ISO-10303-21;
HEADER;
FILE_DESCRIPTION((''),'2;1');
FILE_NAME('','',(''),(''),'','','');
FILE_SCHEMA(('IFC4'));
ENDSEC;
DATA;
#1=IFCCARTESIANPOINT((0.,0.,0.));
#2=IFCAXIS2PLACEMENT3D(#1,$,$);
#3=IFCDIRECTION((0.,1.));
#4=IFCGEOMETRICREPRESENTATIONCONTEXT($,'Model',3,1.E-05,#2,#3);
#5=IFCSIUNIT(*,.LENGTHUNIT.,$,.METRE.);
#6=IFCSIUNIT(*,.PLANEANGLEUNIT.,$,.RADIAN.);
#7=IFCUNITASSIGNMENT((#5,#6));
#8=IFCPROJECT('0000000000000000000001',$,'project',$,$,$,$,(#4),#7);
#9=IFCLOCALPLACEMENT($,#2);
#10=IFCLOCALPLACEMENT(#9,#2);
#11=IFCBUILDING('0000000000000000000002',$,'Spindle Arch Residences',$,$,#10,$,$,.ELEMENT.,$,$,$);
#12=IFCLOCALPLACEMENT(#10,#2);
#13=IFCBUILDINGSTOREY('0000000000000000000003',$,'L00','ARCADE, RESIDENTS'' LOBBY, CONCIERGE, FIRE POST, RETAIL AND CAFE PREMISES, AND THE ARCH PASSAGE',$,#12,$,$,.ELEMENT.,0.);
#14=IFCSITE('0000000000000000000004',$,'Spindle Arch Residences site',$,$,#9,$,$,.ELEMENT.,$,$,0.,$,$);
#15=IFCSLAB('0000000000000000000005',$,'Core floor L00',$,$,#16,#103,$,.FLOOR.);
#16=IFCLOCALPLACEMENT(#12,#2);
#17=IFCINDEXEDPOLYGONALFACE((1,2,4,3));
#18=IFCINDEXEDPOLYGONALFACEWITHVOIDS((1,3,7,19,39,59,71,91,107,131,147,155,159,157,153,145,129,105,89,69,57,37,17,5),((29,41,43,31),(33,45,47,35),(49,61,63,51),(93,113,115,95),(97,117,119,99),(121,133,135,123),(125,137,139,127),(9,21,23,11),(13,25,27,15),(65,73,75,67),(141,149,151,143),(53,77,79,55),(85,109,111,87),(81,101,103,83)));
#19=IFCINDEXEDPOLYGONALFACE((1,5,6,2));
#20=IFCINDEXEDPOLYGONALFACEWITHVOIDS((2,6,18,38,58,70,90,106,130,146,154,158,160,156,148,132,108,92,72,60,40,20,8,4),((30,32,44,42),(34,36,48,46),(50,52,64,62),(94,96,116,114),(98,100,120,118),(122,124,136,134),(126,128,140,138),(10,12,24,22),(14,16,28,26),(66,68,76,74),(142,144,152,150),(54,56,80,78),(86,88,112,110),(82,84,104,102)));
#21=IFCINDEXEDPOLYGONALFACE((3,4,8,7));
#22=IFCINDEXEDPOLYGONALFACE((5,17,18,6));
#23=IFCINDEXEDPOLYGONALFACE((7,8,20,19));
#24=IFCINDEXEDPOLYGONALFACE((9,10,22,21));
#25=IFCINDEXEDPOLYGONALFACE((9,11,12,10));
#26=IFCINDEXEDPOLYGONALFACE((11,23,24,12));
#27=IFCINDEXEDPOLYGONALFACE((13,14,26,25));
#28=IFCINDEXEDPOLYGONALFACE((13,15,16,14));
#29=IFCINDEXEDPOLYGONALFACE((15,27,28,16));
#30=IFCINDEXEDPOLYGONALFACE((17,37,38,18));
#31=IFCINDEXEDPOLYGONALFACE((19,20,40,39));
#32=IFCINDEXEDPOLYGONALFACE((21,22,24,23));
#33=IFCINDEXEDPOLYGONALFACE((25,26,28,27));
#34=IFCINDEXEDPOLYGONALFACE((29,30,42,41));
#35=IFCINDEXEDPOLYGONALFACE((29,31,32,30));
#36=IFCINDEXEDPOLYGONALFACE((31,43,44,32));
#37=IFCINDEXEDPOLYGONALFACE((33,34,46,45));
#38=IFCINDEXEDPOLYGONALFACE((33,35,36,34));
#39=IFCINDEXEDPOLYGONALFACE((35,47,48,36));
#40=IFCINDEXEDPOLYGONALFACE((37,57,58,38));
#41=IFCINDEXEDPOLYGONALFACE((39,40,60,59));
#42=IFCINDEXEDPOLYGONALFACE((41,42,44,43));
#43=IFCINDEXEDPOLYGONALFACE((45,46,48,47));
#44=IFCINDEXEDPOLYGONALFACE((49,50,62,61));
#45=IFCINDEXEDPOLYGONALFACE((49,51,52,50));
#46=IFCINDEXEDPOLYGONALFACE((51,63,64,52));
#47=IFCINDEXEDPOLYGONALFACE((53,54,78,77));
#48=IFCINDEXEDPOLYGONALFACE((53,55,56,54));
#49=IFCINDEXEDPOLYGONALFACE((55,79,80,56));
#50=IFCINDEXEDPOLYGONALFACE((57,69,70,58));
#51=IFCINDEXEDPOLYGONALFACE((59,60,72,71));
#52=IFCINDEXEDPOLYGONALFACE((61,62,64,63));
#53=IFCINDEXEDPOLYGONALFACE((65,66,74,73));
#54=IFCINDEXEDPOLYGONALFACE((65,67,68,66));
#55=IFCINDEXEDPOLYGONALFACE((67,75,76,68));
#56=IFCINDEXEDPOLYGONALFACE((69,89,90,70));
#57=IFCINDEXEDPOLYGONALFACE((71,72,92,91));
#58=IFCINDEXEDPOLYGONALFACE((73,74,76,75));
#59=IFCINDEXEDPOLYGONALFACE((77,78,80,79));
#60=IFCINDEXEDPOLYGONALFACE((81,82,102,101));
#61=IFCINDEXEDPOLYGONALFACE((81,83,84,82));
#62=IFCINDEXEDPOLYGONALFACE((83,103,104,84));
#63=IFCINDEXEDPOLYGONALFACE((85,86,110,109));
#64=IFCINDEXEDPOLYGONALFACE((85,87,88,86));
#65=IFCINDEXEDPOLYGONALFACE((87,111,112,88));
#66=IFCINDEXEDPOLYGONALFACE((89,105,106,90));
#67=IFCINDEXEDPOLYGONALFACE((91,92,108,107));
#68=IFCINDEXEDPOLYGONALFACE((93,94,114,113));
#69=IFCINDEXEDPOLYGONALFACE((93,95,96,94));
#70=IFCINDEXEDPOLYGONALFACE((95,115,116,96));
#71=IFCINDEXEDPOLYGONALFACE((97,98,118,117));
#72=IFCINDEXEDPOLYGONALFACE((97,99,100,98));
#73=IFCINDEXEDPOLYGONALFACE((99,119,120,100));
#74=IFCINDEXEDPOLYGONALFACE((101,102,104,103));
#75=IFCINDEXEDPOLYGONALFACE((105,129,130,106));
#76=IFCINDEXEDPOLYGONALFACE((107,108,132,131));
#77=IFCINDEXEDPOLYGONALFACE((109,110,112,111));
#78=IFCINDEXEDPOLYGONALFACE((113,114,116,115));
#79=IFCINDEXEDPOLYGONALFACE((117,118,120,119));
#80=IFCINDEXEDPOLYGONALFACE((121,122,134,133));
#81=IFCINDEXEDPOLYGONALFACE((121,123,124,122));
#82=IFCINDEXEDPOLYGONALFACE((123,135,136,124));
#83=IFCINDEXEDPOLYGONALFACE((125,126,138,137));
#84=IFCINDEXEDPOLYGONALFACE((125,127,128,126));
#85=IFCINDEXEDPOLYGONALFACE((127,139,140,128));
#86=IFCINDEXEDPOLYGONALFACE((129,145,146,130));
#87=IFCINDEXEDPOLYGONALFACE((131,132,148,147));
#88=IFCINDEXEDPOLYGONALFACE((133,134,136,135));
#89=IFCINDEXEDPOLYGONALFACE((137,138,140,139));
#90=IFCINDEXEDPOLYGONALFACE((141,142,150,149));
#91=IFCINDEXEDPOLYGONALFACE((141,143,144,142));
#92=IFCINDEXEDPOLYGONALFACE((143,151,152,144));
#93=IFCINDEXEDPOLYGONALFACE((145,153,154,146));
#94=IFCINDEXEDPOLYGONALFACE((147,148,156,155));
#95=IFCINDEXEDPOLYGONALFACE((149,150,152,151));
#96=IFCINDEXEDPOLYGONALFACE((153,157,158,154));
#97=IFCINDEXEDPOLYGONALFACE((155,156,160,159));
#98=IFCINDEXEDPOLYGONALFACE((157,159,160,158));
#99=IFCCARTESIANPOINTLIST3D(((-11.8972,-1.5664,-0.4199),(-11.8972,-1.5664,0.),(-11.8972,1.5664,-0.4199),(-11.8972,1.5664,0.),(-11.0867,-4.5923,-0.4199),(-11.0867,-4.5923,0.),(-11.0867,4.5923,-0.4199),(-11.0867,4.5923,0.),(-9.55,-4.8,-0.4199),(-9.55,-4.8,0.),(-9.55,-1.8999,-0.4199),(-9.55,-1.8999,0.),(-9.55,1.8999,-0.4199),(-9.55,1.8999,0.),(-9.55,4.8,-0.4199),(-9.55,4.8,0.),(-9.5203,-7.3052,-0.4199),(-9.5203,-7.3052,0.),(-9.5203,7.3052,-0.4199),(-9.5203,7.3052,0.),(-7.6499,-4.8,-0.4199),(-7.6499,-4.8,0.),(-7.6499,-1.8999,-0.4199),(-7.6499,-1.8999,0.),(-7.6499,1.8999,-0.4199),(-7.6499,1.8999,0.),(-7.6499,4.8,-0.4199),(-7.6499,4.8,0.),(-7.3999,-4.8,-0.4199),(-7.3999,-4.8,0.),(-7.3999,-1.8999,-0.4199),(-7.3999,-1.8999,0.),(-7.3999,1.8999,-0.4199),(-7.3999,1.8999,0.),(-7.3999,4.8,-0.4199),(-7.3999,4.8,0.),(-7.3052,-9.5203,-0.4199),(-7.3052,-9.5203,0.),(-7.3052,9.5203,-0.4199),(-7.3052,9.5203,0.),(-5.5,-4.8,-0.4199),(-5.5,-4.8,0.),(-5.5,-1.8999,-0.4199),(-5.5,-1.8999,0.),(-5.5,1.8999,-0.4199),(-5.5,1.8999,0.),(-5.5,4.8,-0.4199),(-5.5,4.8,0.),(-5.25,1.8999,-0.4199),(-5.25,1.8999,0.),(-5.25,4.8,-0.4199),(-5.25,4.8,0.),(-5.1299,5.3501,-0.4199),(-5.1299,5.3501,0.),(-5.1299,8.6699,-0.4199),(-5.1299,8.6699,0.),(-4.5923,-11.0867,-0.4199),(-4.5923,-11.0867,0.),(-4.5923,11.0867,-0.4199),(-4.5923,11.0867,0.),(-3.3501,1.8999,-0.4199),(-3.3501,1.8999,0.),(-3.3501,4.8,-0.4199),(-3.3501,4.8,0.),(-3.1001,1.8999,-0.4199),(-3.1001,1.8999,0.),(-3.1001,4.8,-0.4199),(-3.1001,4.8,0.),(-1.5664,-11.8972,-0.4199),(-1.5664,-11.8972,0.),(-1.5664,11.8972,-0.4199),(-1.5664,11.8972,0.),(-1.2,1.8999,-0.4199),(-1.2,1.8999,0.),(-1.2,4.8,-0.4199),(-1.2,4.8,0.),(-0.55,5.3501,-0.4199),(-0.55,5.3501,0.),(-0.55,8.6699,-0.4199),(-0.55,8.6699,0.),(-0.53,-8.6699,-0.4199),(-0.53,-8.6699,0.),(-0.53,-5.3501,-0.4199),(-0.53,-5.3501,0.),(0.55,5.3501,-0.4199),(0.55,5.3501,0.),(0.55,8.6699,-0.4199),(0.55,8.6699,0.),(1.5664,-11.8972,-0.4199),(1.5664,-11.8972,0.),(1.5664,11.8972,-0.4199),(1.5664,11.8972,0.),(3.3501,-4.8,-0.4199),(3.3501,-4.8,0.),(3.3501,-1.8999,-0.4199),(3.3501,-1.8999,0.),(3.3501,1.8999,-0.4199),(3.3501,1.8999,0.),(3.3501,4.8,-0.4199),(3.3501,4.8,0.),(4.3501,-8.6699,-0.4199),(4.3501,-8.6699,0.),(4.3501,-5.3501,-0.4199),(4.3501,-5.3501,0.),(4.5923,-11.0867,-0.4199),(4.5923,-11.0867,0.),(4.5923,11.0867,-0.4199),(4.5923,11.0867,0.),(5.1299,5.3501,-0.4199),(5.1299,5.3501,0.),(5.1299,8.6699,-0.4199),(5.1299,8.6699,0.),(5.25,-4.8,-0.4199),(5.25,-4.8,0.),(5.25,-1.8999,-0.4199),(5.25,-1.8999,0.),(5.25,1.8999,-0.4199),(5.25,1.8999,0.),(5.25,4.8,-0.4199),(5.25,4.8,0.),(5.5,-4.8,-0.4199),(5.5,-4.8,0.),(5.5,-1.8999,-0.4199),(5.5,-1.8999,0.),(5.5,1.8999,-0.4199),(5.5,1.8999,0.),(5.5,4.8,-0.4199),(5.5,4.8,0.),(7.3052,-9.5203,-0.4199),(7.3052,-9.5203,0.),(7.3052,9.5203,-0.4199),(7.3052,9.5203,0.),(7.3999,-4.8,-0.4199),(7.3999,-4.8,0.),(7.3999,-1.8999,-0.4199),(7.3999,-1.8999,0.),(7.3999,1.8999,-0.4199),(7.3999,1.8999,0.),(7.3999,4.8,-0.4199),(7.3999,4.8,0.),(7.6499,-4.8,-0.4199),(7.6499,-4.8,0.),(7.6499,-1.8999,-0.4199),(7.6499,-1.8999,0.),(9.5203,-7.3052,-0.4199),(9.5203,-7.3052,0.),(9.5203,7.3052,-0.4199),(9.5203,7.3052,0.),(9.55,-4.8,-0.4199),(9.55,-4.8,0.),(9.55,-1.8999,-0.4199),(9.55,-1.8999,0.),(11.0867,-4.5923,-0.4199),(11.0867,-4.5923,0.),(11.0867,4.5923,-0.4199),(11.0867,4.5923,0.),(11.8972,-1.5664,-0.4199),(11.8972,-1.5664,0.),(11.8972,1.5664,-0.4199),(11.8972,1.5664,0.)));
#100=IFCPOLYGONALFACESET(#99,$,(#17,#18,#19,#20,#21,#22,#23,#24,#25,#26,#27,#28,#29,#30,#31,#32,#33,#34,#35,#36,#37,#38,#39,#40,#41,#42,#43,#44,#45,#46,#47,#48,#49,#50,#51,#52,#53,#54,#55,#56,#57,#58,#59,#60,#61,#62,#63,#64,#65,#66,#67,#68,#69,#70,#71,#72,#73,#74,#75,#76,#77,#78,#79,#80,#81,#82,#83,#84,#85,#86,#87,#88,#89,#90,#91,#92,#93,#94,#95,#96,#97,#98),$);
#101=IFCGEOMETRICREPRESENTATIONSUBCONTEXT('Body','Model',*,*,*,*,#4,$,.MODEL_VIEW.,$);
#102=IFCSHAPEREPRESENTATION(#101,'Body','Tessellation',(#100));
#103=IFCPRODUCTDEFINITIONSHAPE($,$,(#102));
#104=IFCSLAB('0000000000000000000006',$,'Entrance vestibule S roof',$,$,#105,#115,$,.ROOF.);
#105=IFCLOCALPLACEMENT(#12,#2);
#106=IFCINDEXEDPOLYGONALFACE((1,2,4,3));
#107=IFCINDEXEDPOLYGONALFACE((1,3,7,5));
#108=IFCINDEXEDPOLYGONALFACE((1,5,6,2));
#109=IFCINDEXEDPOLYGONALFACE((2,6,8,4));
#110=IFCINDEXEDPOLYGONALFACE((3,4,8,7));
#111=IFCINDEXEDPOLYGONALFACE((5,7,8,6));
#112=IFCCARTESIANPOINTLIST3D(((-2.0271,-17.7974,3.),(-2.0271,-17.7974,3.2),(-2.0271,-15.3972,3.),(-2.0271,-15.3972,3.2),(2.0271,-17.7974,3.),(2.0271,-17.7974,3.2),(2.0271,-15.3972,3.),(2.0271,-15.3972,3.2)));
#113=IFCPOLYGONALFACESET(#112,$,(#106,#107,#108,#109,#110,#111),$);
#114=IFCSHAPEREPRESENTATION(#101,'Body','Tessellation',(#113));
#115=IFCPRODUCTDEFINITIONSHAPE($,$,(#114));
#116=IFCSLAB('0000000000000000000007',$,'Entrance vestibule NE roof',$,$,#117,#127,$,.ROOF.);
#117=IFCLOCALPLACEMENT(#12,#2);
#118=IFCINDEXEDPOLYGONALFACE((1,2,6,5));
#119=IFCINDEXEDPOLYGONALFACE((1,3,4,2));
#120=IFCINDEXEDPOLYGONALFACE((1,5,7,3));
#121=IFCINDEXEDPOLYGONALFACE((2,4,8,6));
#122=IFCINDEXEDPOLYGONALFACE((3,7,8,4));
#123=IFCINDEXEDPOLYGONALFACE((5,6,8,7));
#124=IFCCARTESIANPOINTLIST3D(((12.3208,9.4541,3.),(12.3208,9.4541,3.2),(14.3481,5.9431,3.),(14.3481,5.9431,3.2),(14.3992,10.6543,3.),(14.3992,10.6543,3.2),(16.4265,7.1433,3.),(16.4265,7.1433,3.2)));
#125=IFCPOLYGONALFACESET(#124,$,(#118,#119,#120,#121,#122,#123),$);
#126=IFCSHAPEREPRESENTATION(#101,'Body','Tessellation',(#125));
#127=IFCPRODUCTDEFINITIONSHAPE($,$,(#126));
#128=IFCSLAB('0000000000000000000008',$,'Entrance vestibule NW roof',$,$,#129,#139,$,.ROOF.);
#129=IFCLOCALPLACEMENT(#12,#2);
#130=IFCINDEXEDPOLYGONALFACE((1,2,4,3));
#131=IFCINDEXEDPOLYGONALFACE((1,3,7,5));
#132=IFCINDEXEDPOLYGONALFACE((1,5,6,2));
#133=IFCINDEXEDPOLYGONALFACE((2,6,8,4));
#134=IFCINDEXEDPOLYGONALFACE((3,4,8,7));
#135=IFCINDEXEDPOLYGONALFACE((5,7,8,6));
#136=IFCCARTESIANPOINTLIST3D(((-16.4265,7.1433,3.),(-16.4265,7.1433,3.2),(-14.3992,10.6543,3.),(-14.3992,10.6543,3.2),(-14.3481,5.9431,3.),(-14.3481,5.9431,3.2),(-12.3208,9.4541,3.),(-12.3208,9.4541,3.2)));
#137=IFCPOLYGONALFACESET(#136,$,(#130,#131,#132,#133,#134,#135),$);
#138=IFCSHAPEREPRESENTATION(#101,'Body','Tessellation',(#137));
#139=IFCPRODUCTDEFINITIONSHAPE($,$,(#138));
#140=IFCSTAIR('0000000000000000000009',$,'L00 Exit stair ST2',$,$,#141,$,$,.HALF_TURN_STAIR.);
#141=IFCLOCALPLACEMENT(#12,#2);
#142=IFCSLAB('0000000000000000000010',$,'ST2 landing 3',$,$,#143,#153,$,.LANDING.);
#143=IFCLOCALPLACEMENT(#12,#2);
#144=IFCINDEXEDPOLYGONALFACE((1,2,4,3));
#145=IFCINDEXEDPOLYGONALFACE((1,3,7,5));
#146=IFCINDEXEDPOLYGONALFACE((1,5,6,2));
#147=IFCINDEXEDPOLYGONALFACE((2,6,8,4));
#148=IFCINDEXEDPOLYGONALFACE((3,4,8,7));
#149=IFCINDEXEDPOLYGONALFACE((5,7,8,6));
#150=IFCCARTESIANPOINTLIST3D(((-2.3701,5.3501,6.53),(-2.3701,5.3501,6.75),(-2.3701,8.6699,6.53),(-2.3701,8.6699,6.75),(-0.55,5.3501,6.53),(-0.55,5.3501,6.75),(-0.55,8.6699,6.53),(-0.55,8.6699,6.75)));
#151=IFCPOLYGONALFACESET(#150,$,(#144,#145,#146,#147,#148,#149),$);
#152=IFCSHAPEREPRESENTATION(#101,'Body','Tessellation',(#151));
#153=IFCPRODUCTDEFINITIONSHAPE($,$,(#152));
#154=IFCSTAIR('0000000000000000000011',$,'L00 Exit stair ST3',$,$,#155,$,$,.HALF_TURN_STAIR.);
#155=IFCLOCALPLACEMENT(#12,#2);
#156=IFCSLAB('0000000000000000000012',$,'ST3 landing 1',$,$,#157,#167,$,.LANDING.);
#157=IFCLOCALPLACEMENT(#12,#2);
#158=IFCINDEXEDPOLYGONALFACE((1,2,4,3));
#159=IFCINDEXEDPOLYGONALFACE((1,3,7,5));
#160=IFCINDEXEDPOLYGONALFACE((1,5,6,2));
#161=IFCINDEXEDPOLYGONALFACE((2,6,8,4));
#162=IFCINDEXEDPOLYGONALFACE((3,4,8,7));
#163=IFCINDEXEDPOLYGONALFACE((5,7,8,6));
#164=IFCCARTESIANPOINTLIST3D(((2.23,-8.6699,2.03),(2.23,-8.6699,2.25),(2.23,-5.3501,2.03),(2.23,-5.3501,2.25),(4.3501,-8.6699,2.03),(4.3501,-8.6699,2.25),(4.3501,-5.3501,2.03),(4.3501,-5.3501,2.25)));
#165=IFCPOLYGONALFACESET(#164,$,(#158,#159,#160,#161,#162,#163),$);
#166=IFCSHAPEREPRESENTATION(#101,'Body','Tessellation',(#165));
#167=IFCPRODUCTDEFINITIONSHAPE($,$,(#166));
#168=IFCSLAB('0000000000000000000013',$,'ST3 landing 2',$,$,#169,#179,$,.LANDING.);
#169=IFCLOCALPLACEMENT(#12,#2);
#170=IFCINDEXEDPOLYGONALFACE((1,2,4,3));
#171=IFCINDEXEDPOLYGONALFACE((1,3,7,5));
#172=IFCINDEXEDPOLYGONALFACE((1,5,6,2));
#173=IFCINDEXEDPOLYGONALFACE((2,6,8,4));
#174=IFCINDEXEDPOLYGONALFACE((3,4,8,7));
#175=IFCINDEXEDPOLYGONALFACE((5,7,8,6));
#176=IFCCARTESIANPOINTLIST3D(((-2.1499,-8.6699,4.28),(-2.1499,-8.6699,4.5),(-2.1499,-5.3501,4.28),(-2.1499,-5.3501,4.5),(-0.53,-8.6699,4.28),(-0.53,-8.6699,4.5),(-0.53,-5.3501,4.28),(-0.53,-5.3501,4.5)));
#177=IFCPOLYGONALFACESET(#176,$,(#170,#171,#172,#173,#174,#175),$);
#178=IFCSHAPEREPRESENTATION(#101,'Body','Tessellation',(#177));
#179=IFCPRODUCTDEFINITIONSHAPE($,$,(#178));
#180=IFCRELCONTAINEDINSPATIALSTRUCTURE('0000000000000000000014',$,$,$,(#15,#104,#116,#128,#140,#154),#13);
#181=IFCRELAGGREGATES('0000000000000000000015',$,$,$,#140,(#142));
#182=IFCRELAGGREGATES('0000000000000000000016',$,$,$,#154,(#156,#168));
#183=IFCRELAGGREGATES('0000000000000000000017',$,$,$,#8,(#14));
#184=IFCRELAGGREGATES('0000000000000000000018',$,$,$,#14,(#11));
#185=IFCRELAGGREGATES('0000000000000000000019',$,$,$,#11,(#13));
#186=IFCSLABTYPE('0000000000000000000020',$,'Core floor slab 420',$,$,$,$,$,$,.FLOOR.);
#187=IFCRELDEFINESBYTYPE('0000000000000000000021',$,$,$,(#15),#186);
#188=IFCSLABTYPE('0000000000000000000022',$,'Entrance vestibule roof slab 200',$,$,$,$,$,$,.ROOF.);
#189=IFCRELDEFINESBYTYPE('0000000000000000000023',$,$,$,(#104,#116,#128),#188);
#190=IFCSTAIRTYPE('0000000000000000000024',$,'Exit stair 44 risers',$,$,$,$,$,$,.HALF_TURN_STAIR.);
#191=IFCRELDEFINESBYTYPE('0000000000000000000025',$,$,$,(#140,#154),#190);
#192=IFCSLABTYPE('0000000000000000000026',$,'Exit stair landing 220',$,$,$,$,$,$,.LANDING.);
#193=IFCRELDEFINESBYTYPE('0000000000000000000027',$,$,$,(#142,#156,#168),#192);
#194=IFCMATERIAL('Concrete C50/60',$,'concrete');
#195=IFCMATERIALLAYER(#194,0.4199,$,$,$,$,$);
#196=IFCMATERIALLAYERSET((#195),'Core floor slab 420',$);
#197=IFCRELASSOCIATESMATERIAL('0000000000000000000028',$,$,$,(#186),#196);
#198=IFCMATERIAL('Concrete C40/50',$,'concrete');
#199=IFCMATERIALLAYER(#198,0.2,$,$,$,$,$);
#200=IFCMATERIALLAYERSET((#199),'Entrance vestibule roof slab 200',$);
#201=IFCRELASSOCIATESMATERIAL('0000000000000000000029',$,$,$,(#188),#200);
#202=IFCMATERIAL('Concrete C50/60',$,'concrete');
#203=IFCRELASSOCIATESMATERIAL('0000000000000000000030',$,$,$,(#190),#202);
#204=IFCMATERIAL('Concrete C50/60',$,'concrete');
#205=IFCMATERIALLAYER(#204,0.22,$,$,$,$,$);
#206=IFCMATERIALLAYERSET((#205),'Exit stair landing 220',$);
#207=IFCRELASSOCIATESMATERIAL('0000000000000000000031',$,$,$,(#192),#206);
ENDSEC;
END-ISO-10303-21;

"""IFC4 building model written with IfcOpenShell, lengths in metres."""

from ifc_helpers import new_model, si_unit, direction, frame, origin, place, context, subcontext, project, spatial, polyline, outline, extrude, material, layer, layer_set, type_object, element, aggregate, save


model = new_model("IFC4")

# Units and contexts
model_context = context("Model", 3, precision=1e-05, world=origin(), true_north=direction((0.0, 1.0)))
body_context = subcontext(model_context, "Body", "Model", "MODEL_VIEW")
ifc_project = project(units=[si_unit("LENGTHUNIT", "METRE"), si_unit("PLANEANGLEUNIT", "RADIAN")], contexts=[model_context])

# Site, building, storey
site_placement = place(None, origin())
site = spatial("IfcSite", under=ifc_project, at=site_placement, Name="Spindle Arch Residences site", CompositionType="ELEMENT", RefElevation=0.0)
building_placement = place(site_placement, origin())
building = spatial("IfcBuilding", under=site, at=building_placement, Name="Spindle Arch Residences", CompositionType="ELEMENT")
storey_placement = place(building_placement, origin())
storey = spatial("IfcBuildingStorey", under=building, at=storey_placement, Name="L00", Description="ARCADE, RESIDENTS' LOBBY, CONCIERGE, FIRE POST, RETAIL AND CAFE PREMISES, AND THE ARCH PASSAGE", CompositionType="ELEMENT", Elevation=0.0)

# Slabs
ifc_material_1 = material(Name="Concrete C50/60", Category="concrete")
ifc_layer_1 = layer(ifc_material_1, 0.4199)
ifc_layer_set_1 = layer_set([ifc_layer_1], Name="Core floor slab 420")
slab_type_1 = type_object("IfcSlabType", Name="Core floor slab 420", PredefinedType="FLOOR", material=ifc_layer_set_1)
slab_1_placement = place(storey_placement, frame((0.0, 0.0, -0.4199)))
element("IfcSlab", 1, at=slab_1_placement, inside=storey, type_object=slab_type_1, Name="Core floor L00", PredefinedType="FLOOR", context=body_context, shape_type="SweptSolid", body=[
    extrude(outline(polyline([(1.5664, -11.8972), (4.5923, -11.0867), (7.3052, -9.5203), (9.5203, -7.3052), (11.0867, -4.5923), (11.8972, -1.5664), (11.8972, 1.5664), (11.0867, 4.5923), (9.5203, 7.3052), (7.3052, 9.5203), (4.5923, 11.0867), (1.5664, 11.8972), (-1.5664, 11.8972), (-4.5923, 11.0867), (-7.3052, 9.5203), (-9.5203, 7.3052), (-11.0867, 4.5923), (-11.8972, 1.5664), (-11.8972, -1.5664), (-11.0867, -4.5923), (-9.5203, -7.3052), (-7.3052, -9.5203), (-4.5923, -11.0867), (-1.5664, -11.8972), (1.5664, -11.8972)]), holes=[polyline([(-9.55, 1.8999), (-7.6499, 1.8999), (-7.6499, 4.8), (-9.55, 4.8), (-9.55, 1.8999)]), polyline([(-7.3999, 1.8999), (-5.5, 1.8999), (-5.5, 4.8), (-7.3999, 4.8), (-7.3999, 1.8999)]), polyline([(-5.25, 1.8999), (-3.3501, 1.8999), (-3.3501, 4.8), (-5.25, 4.8), (-5.25, 1.8999)]), polyline([(-3.1001, 1.8999), (-1.2, 1.8999), (-1.2, 4.8), (-3.1001, 4.8), (-3.1001, 1.8999)]), polyline([(3.3501, 1.8999), (5.25, 1.8999), (5.25, 4.8), (3.3501, 4.8), (3.3501, 1.8999)]), polyline([(5.5, 1.8999), (7.3999, 1.8999), (7.3999, 4.8), (5.5, 4.8), (5.5, 1.8999)]), polyline([(-9.55, -4.8), (-7.6499, -4.8), (-7.6499, -1.8999), (-9.55, -1.8999), (-9.55, -4.8)]), polyline([(-7.3999, -4.8), (-5.5, -4.8), (-5.5, -1.8999), (-7.3999, -1.8999), (-7.3999, -4.8)]), polyline([(3.3501, -4.8), (5.25, -4.8), (5.25, -1.8999), (3.3501, -1.8999), (3.3501, -4.8)]), polyline([(5.5, -4.8), (7.3999, -4.8), (7.3999, -1.8999), (5.5, -1.8999), (5.5, -4.8)]), polyline([(7.6499, -4.8), (9.55, -4.8), (9.55, -1.8999), (7.6499, -1.8999), (7.6499, -4.8)]), polyline([(5.1299, 8.6699), (0.55, 8.6699), (0.55, 5.3501), (5.1299, 5.3501), (5.1299, 8.6699)]), polyline([(-5.1299, 5.3501), (-0.55, 5.3501), (-0.55, 8.6699), (-5.1299, 8.6699), (-5.1299, 5.3501)]), polyline([(-0.53, -8.6699), (4.3501, -8.6699), (4.3501, -5.3501), (-0.53, -5.3501), (-0.53, -8.6699)])]), origin(), (0.0, 0.0, 1.0), 0.4199),
])
ifc_material_2 = material(Name="Concrete C40/50", Category="concrete")
ifc_layer_2 = layer(ifc_material_2, 0.2)
ifc_layer_set_2 = layer_set([ifc_layer_2], Name="Entrance vestibule roof slab 200")
slab_type_2 = type_object("IfcSlabType", Name="Entrance vestibule roof slab 200", PredefinedType="ROOF", material=ifc_layer_set_2)
slab_2_placement = place(storey_placement, frame((0.0, 0.0, 3.0)))
element("IfcSlab", 2, at=slab_2_placement, inside=storey, type_object=slab_type_2, Name="Entrance vestibule S roof", PredefinedType="ROOF", context=body_context, shape_type="SweptSolid", body=[
    extrude(outline(polyline([(2.0271, -15.3972), (-2.0271, -15.3972), (-2.0271, -17.7974), (2.0271, -17.7974), (2.0271, -15.3972)])), origin(), (0.0, 0.0, 1.0), 0.2),
])
slab_3_placement = place(storey_placement, frame((0.0, 0.0, 3.0)))
element("IfcSlab", 3, at=slab_3_placement, inside=storey, type_object=slab_type_2, Name="Entrance vestibule NE roof", PredefinedType="ROOF", context=body_context, shape_type="SweptSolid", body=[
    extrude(outline(polyline([(12.3208, 9.4541), (14.3481, 5.9431), (16.4265, 7.1433), (14.3992, 10.6543), (12.3208, 9.4541)])), origin(), (0.0, 0.0, 1.0), 0.2),
])
slab_4_placement = place(storey_placement, frame((0.0, 0.0, 3.0)))
element("IfcSlab", 4, at=slab_4_placement, inside=storey, type_object=slab_type_2, Name="Entrance vestibule NW roof", PredefinedType="ROOF", context=body_context, shape_type="SweptSolid", body=[
    extrude(outline(polyline([(-14.3481, 5.9431), (-12.3208, 9.4541), (-14.3992, 10.6543), (-16.4265, 7.1433), (-14.3481, 5.9431)])), origin(), (0.0, 0.0, 1.0), 0.2),
])

# Stair, slab
ifc_material_3 = material(Name="Concrete C50/60", Category="concrete")
stair_type = type_object("IfcStairType", Name="Exit stair 44 risers", PredefinedType="HALF_TURN_STAIR", material=ifc_material_3)
stair_1_placement = place(storey_placement, origin())
stair_1 = element("IfcStair", 5, at=stair_1_placement, inside=storey, type_object=stair_type, Name="L00 Exit stair ST2", PredefinedType="HALF_TURN_STAIR")
ifc_material_4 = material(Name="Concrete C50/60", Category="concrete")
ifc_layer_3 = layer(ifc_material_4, 0.22)
ifc_layer_set_3 = layer_set([ifc_layer_3], Name="Exit stair landing 220")
slab_type_3 = type_object("IfcSlabType", Name="Exit stair landing 220", PredefinedType="LANDING", material=ifc_layer_set_3)
slab_5_placement = place(storey_placement, frame((0.0, 0.0, 6.53)))
slab_5 = element("IfcSlab", 6, at=slab_5_placement, type_object=slab_type_3, Name="ST2 landing 3", PredefinedType="LANDING", context=body_context, shape_type="SweptSolid", body=[
    extrude(outline(polyline([(-2.3701, 5.3501), (-0.55, 5.3501), (-0.55, 8.6699), (-2.3701, 8.6699), (-2.3701, 5.3501)])), origin(), (0.0, 0.0, 1.0), 0.22),
])
aggregate(stair_1, [slab_5])

# Stair, slabs
stair_2_placement = place(storey_placement, origin())
stair_2 = element("IfcStair", 7, at=stair_2_placement, inside=storey, type_object=stair_type, Name="L00 Exit stair ST3", PredefinedType="HALF_TURN_STAIR")
slab_6_placement = place(storey_placement, frame((0.0, 0.0, 2.03)))
slab_6 = element("IfcSlab", 8, at=slab_6_placement, type_object=slab_type_3, Name="ST3 landing 1", PredefinedType="LANDING", context=body_context, shape_type="SweptSolid", body=[
    extrude(outline(polyline([(2.23, -8.6699), (4.3501, -8.6699), (4.3501, -5.3501), (2.23, -5.3501), (2.23, -8.6699)])), origin(), (0.0, 0.0, 1.0), 0.22),
])
slab_7_placement = place(storey_placement, frame((0.0, 0.0, 4.28)))
slab_7 = element("IfcSlab", 9, at=slab_7_placement, type_object=slab_type_3, Name="ST3 landing 2", PredefinedType="LANDING", context=body_context, shape_type="SweptSolid", body=[
    extrude(outline(polyline([(-2.1499, -8.6699), (-0.53, -8.6699), (-0.53, -5.3501), (-2.1499, -5.3501), (-2.1499, -8.6699)])), origin(), (0.0, 0.0, 1.0), 0.22),
])
aggregate(stair_2, [slab_6, slab_7])

save(model, "model.ifc")
